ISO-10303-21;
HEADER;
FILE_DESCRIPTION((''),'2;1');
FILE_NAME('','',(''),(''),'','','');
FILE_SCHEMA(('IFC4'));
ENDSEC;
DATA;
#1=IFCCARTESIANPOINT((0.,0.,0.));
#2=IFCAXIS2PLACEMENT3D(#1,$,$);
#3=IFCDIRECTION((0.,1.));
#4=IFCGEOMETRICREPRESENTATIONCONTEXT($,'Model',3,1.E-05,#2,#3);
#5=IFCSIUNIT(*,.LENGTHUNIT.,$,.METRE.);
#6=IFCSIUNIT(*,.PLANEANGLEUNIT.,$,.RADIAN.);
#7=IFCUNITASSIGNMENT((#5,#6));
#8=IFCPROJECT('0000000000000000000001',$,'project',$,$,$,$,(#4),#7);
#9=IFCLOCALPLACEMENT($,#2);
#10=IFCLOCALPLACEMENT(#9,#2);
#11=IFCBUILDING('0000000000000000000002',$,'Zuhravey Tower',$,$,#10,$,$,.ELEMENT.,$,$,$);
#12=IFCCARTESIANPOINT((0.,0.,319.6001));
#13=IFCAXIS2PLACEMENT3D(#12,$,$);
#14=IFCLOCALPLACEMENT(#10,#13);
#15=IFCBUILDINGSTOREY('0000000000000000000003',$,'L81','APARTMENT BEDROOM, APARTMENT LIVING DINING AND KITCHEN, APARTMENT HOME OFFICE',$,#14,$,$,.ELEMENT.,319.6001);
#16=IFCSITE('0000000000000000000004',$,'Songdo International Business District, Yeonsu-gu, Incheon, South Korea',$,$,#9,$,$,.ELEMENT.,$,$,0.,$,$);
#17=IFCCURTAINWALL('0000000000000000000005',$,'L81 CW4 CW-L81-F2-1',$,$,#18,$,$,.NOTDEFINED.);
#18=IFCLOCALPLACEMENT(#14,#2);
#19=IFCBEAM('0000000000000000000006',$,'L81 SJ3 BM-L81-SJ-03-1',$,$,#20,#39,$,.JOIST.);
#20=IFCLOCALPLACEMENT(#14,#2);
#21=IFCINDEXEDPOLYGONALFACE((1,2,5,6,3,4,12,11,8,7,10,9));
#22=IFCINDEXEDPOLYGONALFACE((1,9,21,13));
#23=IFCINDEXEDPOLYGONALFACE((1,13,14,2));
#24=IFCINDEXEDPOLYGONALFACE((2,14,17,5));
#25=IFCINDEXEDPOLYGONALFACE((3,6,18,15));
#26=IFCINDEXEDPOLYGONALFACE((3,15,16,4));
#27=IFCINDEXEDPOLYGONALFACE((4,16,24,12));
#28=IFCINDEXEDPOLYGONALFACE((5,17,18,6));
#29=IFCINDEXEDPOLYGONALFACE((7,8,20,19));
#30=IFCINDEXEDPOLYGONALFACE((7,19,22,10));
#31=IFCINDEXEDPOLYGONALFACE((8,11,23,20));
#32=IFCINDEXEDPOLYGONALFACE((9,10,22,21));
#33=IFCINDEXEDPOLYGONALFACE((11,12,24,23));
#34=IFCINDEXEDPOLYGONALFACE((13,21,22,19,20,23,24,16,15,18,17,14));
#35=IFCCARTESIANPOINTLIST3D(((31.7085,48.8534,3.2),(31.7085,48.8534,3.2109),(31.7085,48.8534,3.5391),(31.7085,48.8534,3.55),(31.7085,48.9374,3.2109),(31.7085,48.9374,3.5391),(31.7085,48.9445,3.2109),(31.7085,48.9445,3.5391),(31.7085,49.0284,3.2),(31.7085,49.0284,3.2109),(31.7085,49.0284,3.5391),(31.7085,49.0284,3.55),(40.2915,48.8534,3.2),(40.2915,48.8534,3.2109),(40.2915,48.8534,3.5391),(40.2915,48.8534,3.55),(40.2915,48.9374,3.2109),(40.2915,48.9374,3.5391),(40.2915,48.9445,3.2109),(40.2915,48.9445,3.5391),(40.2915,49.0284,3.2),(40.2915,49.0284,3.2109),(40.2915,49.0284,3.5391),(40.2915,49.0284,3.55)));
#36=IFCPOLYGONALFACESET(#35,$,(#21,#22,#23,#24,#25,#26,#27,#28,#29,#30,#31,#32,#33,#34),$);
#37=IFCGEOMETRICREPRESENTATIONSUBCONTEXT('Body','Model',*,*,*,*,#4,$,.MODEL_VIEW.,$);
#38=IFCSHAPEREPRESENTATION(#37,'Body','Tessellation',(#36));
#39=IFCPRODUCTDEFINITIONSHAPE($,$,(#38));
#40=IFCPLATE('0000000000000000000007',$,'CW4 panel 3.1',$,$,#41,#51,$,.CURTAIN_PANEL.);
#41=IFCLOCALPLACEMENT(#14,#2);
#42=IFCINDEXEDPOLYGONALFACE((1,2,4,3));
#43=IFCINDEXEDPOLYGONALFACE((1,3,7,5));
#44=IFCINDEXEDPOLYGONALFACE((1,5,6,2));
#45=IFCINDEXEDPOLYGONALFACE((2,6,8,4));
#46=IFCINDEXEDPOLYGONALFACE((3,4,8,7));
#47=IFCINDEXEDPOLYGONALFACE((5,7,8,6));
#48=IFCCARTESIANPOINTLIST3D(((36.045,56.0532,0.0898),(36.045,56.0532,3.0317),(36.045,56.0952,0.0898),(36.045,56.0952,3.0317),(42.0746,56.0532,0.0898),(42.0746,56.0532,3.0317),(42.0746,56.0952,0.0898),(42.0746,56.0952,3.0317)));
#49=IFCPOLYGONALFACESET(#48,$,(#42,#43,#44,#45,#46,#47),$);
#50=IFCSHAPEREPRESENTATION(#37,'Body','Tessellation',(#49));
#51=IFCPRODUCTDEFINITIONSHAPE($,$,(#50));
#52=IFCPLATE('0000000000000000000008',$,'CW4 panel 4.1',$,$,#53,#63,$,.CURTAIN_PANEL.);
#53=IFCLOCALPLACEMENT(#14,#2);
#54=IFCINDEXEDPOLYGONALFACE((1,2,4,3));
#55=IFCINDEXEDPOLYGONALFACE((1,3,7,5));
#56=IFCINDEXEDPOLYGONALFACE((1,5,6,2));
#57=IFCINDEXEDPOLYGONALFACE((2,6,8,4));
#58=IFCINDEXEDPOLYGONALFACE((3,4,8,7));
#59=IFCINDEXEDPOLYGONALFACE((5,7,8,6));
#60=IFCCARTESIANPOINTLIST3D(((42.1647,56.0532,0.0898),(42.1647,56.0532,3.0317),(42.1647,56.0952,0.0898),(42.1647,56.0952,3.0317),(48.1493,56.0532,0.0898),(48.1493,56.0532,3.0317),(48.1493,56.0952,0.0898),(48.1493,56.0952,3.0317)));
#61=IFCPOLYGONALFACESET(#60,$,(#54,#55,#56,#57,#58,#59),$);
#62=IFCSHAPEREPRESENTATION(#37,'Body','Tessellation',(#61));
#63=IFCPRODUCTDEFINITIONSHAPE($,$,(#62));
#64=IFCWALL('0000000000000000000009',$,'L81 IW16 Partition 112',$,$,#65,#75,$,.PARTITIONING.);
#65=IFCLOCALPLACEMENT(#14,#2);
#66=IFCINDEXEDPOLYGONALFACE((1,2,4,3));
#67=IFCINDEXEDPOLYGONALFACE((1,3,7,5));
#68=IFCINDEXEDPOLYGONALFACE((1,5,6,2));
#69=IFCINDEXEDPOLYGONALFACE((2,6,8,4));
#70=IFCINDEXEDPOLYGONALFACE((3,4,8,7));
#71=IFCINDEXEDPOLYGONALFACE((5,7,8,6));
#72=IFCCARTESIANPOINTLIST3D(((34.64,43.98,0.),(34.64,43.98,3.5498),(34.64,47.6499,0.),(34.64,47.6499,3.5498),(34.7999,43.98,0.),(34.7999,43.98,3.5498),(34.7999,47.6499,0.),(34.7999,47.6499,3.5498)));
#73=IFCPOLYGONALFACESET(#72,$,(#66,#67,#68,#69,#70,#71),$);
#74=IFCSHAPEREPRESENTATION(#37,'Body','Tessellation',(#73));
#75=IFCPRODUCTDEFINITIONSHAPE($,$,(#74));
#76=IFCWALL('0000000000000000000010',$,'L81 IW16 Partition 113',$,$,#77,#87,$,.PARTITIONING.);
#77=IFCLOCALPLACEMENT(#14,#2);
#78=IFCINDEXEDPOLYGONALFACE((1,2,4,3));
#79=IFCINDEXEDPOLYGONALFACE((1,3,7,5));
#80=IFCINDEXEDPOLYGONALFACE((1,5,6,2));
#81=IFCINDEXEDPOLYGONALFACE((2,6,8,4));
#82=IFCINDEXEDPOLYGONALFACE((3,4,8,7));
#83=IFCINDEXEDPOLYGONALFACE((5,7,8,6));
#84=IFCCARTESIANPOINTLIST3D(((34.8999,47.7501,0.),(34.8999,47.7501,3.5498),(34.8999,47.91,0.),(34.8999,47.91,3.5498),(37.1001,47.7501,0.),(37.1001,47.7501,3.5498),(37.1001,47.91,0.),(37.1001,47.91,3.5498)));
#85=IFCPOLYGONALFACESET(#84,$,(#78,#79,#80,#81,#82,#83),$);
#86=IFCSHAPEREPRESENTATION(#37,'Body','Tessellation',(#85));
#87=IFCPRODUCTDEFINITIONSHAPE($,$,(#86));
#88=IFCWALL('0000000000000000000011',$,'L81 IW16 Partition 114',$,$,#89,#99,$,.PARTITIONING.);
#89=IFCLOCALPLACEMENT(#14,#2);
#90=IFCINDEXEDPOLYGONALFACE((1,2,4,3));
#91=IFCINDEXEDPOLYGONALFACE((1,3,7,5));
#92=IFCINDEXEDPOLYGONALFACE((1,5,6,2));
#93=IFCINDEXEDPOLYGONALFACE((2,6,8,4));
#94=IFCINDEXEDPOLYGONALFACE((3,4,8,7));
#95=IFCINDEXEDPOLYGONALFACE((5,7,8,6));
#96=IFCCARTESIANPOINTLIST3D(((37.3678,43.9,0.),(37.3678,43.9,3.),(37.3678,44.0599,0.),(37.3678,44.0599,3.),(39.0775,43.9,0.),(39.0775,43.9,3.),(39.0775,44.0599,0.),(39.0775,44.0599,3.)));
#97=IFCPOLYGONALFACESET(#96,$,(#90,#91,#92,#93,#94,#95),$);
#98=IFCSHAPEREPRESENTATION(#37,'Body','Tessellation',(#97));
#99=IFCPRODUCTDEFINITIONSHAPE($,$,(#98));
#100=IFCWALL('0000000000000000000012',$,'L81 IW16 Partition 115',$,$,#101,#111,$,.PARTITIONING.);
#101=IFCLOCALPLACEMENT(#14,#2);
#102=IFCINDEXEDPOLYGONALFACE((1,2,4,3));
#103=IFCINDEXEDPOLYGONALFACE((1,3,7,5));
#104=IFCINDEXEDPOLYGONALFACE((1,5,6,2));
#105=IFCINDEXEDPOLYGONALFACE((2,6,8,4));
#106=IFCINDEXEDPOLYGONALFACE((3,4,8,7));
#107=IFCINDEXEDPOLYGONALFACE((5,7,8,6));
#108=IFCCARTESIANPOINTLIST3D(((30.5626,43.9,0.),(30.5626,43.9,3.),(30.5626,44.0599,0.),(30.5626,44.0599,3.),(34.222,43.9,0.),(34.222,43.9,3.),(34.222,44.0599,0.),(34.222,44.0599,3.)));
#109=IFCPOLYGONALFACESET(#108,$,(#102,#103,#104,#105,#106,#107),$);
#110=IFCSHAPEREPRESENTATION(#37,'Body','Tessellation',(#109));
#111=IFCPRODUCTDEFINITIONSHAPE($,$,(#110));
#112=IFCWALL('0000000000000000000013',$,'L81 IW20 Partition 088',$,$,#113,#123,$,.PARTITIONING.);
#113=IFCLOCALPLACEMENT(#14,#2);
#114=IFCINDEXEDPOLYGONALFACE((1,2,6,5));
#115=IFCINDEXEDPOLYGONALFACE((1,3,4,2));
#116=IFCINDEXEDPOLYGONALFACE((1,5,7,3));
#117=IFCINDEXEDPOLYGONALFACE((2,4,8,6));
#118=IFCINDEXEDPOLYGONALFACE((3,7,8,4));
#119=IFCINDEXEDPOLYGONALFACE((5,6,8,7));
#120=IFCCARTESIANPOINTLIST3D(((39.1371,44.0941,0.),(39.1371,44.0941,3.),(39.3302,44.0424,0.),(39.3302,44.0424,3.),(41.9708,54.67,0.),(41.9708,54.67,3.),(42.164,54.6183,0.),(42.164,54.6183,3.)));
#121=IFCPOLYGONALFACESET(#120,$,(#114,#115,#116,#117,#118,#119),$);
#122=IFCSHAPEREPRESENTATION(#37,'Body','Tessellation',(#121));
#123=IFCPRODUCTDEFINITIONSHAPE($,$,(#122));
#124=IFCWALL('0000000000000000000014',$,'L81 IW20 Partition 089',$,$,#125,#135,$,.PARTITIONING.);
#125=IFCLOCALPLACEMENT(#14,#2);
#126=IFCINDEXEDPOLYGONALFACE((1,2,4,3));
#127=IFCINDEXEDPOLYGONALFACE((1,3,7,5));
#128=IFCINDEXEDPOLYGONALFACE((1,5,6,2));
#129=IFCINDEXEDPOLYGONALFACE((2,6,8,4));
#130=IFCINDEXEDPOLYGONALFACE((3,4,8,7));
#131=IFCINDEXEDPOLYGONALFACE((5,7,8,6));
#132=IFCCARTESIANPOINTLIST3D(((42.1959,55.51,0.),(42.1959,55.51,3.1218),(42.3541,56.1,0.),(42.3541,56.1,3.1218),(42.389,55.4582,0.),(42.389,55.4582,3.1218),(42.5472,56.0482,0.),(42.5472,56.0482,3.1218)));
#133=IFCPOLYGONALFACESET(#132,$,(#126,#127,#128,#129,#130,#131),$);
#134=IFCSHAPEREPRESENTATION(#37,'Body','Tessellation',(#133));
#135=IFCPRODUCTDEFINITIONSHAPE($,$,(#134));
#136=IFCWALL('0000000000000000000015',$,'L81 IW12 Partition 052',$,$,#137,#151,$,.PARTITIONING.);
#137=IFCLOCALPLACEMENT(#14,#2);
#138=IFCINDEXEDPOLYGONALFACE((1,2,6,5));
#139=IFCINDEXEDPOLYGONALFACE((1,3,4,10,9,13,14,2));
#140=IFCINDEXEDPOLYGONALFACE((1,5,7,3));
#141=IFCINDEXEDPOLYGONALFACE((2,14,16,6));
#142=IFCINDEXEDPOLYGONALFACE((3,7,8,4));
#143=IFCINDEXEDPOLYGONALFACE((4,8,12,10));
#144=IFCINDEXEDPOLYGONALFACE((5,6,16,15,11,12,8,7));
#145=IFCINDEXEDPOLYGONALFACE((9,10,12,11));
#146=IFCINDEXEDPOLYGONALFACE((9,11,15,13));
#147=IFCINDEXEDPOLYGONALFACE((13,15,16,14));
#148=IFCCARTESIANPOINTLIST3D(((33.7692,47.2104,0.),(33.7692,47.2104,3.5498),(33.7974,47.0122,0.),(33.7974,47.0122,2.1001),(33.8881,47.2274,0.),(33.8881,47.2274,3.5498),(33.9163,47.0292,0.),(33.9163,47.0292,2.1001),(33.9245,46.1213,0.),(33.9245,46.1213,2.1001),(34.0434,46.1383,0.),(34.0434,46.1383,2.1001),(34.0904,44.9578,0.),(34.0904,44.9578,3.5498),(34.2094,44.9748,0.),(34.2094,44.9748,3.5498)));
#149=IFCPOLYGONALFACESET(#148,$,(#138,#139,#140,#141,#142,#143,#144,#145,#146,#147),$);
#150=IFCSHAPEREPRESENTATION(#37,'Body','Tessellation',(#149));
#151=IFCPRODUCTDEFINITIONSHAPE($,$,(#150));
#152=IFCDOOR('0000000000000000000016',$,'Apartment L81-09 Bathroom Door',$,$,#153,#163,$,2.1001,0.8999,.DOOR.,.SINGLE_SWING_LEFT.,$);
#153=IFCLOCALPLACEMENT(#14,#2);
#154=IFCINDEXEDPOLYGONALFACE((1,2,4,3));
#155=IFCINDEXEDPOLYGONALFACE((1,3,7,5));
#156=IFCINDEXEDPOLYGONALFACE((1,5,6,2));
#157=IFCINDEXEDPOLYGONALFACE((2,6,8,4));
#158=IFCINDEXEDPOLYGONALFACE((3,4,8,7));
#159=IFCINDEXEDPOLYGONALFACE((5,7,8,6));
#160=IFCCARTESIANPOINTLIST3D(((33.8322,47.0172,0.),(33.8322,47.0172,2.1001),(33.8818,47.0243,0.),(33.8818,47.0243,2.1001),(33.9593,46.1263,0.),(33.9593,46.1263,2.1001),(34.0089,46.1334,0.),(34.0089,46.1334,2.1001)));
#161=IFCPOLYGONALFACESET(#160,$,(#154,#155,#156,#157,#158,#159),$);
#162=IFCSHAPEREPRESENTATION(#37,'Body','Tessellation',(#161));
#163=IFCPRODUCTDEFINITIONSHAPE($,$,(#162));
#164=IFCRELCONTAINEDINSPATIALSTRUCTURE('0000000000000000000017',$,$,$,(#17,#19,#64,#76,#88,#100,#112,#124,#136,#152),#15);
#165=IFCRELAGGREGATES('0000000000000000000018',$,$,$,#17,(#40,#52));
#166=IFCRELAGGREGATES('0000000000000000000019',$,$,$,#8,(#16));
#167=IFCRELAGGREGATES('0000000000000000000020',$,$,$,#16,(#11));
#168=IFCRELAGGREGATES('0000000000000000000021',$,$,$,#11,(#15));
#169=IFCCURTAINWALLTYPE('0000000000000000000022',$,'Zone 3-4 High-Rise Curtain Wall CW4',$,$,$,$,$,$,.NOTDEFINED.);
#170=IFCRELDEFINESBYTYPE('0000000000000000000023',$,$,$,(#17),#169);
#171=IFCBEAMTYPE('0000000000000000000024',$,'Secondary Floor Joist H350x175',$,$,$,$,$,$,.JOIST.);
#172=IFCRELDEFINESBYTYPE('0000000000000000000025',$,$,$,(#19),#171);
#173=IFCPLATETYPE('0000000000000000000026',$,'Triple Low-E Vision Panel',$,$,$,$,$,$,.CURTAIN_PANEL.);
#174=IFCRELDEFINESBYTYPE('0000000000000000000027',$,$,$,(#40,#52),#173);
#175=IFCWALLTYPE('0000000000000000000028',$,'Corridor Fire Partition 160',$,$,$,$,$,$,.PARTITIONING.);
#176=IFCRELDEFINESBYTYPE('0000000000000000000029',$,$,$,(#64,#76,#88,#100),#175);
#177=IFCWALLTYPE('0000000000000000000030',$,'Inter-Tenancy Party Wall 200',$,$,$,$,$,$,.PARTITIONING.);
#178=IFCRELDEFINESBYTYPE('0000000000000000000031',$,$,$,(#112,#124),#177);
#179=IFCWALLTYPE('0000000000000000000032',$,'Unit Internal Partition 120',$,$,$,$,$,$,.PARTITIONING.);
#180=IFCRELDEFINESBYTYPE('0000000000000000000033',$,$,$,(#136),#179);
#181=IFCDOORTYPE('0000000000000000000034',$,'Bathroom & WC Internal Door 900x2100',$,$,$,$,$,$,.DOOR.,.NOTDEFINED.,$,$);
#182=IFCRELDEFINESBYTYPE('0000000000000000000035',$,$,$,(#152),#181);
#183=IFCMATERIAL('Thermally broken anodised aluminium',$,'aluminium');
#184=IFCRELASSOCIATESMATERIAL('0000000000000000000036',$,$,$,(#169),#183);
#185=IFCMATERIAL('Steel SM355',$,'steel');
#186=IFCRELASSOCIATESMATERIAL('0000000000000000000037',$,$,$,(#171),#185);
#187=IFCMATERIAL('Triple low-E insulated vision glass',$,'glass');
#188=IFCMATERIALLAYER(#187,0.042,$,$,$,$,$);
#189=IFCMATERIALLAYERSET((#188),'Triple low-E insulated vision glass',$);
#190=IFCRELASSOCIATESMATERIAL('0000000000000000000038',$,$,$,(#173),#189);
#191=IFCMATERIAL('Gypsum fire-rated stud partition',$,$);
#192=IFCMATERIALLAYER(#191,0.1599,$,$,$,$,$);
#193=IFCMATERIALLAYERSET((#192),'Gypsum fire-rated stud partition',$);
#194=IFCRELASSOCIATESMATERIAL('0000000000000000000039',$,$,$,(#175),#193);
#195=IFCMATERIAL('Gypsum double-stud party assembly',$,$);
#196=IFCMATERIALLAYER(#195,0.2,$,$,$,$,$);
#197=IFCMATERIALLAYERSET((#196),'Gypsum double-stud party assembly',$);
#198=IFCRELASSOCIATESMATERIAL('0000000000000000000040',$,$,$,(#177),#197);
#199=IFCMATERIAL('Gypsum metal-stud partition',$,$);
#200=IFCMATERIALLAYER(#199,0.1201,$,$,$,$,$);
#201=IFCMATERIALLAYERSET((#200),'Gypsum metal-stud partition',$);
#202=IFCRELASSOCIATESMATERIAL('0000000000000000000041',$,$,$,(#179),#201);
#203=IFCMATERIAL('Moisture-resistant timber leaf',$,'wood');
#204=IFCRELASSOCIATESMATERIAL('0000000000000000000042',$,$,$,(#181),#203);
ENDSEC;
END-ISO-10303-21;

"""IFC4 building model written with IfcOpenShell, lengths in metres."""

from ifc_helpers import new_model, si_unit, direction, frame, frame_2d, origin, origin_2d, place, context, subcontext, project, spatial, rectangle, i_section, extrude, material, layer, layer_set, material_profile, profile_set, type_object, element, fill, aggregate, save


model = new_model("IFC4")

# Units and contexts
model_context = context("Model", 3, precision=1e-05, world=origin(), true_north=direction((0.0, 1.0)))
body_context = subcontext(model_context, "Body", "Model", "MODEL_VIEW")
ifc_project = project(units=[si_unit("LENGTHUNIT", "METRE"), si_unit("PLANEANGLEUNIT", "RADIAN")], contexts=[model_context])

# Site, building, storey
site_placement = place(None, origin())
site = spatial("IfcSite", under=ifc_project, at=site_placement, Name="Songdo International Business District, Yeonsu-gu, Incheon, South Korea", CompositionType="ELEMENT", RefElevation=0.0)
building_placement = place(site_placement, origin())
building = spatial("IfcBuilding", under=site, at=building_placement, Name="Zuhravey Tower", CompositionType="ELEMENT")
storey_placement = place(building_placement, frame((0.0, 0.0, 319.6001)))
storey = spatial("IfcBuildingStorey", under=building, at=storey_placement, Name="L81", Description="APARTMENT BEDROOM, APARTMENT LIVING DINING AND KITCHEN, APARTMENT HOME OFFICE", CompositionType="ELEMENT", Elevation=319.6001)

# Curtain wall
ifc_material_1 = material(Name="Thermally broken anodised aluminium", Category="aluminium")
curtain_wall_type = type_object("IfcCurtainWallType", Name="Zone 3-4 High-Rise Curtain Wall CW4", PredefinedType="NOTDEFINED", material=ifc_material_1)
curtain_wall_placement = place(storey_placement, origin())
curtain_wall = element("IfcCurtainWall", 1, at=curtain_wall_placement, inside=storey, type_object=curtain_wall_type, Name="L81 CW4 CW-L81-F2-1", PredefinedType="NOTDEFINED")

# Beam
ifc_material_2 = material(Name="Steel SM355", Category="steel")
ifc_material_profile_1 = material_profile(ifc_material_2, i_section(OverallWidth=0.175, OverallDepth=0.3501, WebThickness=0.0071, FlangeThickness=0.011, at=origin_2d()), Name="H-350x175x7x11")
ifc_profile_set_1 = profile_set([ifc_material_profile_1], Name="Steel SM355")
beam_type_1 = type_object("IfcBeamType", Name="Secondary Floor Joist H350x175", PredefinedType="JOIST", material=ifc_profile_set_1)
beam_1_placement = place(storey_placement, frame((40.2915, 48.9409, 3.375), z_axis=(-1.0, 0.0, 0.0), x_axis=(0.0, -1.0, 0.0)))
element("IfcBeam", 2, at=beam_1_placement, inside=storey, type_object=beam_type_1, Name="L81 SJ3 BM-L81-SJ-03-1", PredefinedType="JOIST", context=body_context, shape_type="SweptSolid", body=[
    extrude(i_section(OverallWidth=0.175, OverallDepth=0.3501, WebThickness=0.0071, FlangeThickness=0.011, at=origin_2d()), origin(), (0.0, 0.0, 1.0), 8.583),
])

# Plates
ifc_material_3 = material(Name="Triple low-E insulated vision glass", Category="glass")
ifc_layer_1 = layer(ifc_material_3, 0.042)
ifc_layer_set_1 = layer_set([ifc_layer_1], Name="Triple low-E insulated vision glass")
plate_type = type_object("IfcPlateType", Name="Triple Low-E Vision Panel", PredefinedType="CURTAIN_PANEL", material=ifc_layer_set_1)
plate_1_placement = place(storey_placement, frame((39.0598, 56.0742, 0.0898), z_axis=(0.0, 0.0, 1.0), x_axis=(1.0, 0.0, 0.0)))
plate_1 = element("IfcPlate", 3, at=plate_1_placement, type_object=plate_type, Name="CW4 panel 3.1", PredefinedType="CURTAIN_PANEL", context=body_context, shape_type="SweptSolid", body=[
    extrude(rectangle(XDim=6.0295, YDim=0.042, at=origin_2d()), origin(), (0.0, 0.0, 1.0), 2.9419),
])
plate_2_placement = place(storey_placement, frame((45.157, 56.0742, 0.0898), z_axis=(0.0, 0.0, 1.0), x_axis=(1.0, 0.0, 0.0)))
plate_2 = element("IfcPlate", 4, at=plate_2_placement, type_object=plate_type, Name="CW4 panel 4.1", PredefinedType="CURTAIN_PANEL", context=body_context, shape_type="SweptSolid", body=[
    extrude(rectangle(XDim=5.9846, YDim=0.042, at=origin_2d()), origin(), (0.0, 0.0, 1.0), 2.9419),
])
aggregate(curtain_wall, [plate_1, plate_2])

# Shared definitions
ifc_material_4 = material(Name="Gypsum fire-rated stud partition")
ifc_layer_2 = layer(ifc_material_4, 0.1599)
ifc_layer_set_2 = layer_set([ifc_layer_2], Name="Gypsum fire-rated stud partition")
wall_type_1 = type_object("IfcWallType", Name="Corridor Fire Partition 160", PredefinedType="PARTITIONING", material=ifc_layer_set_2)

# Walls
wall_1_placement = place(storey_placement, frame((34.72, 47.6499, 0.0), z_axis=(0.0, 0.0, 1.0), x_axis=(0.0, -1.0, 0.0)))
element("IfcWall", 5, at=wall_1_placement, inside=storey, type_object=wall_type_1, Name="L81 IW16 Partition 112", PredefinedType="PARTITIONING", context=body_context, shape_type="SweptSolid", body=[
    extrude(rectangle(XDim=3.6699, YDim=0.1599, at=frame_2d((1.835, 0.0))), origin(), (0.0, 0.0, 1.0), 3.5498),
])
wall_2_placement = place(storey_placement, frame((37.1001, 47.8301, 0.0), z_axis=(0.0, 0.0, 1.0), x_axis=(-1.0, 0.0, 0.0)))
element("IfcWall", 6, at=wall_2_placement, inside=storey, type_object=wall_type_1, Name="L81 IW16 Partition 113", PredefinedType="PARTITIONING", context=body_context, shape_type="SweptSolid", body=[
    extrude(rectangle(XDim=2.2002, YDim=0.1599, at=frame_2d((1.1001, 0.0))), origin(), (0.0, 0.0, 1.0), 3.5498),
])
wall_3_placement = place(storey_placement, frame((39.0776, 43.98, 0.0), z_axis=(0.0, 0.0, 1.0), x_axis=(-1.0, 0.0, 0.0)))
element("IfcWall", 7, at=wall_3_placement, inside=storey, type_object=wall_type_1, Name="L81 IW16 Partition 114", PredefinedType="PARTITIONING", context=body_context, shape_type="SweptSolid", body=[
    extrude(rectangle(XDim=1.7097, YDim=0.1599, at=frame_2d((0.855, 0.0))), origin(), (0.0, 0.0, 1.0), 3.0),
])
wall_4_placement = place(storey_placement, frame((34.2219, 43.98, 0.0), z_axis=(0.0, 0.0, 1.0), x_axis=(-1.0, 0.0, 0.0)))
element("IfcWall", 8, at=wall_4_placement, inside=storey, type_object=wall_type_1, Name="L81 IW16 Partition 115", PredefinedType="PARTITIONING", context=body_context, shape_type="SweptSolid", body=[
    extrude(rectangle(XDim=3.6594, YDim=0.1599, at=frame_2d((1.8296, 0.0))), origin(), (0.0, 0.0, 1.0), 3.0),
])
ifc_material_5 = material(Name="Gypsum double-stud party assembly")
ifc_layer_3 = layer(ifc_material_5, 0.2)
ifc_layer_set_3 = layer_set([ifc_layer_3], Name="Gypsum double-stud party assembly")
wall_type_2 = type_object("IfcWallType", Name="Inter-Tenancy Party Wall 200", PredefinedType="PARTITIONING", material=ifc_layer_set_3)
wall_5_placement = place(storey_placement, frame((39.2336, 44.0681, 0.0), z_axis=(0.0, 0.0, 1.0), x_axis=(0.258813, 0.965927, 0.0)))
element("IfcWall", 9, at=wall_5_placement, inside=storey, type_object=wall_type_2, Name="L81 IW20 Partition 088", PredefinedType="PARTITIONING", context=body_context, shape_type="SweptSolid", body=[
    extrude(rectangle(XDim=10.949, YDim=0.2, at=frame_2d((5.4746, 0.0))), origin(), (0.0, 0.0, 1.0), 3.0),
])
wall_6_placement = place(storey_placement, frame((42.2925, 55.4841, 0.0), z_axis=(0.0, 0.0, 1.0), x_axis=(0.258956, 0.965889, 0.0)))
element("IfcWall", 10, at=wall_6_placement, inside=storey, type_object=wall_type_2, Name="L81 IW20 Partition 089", PredefinedType="PARTITIONING", context=body_context, shape_type="SweptSolid", body=[
    extrude(rectangle(XDim=0.6108, YDim=0.2, at=frame_2d((0.3054, 0.0))), origin(), (0.0, 0.0, 1.0), 3.1218),
])

# Wall, opening, door
ifc_material_6 = material(Name="Gypsum metal-stud partition")
ifc_layer_4 = layer(ifc_material_6, 0.1201)
ifc_layer_set_4 = layer_set([ifc_layer_4], Name="Gypsum metal-stud partition")
wall_type_3 = type_object("IfcWallType", Name="Unit Internal Partition 120", PredefinedType="PARTITIONING", material=ifc_layer_set_4)
wall_7_placement = place(storey_placement, frame((34.1499, 44.9663, 0.0), z_axis=(0.0, 0.0, 1.0), x_axis=(-0.141196, 0.989982, 0.0)))
wall_7 = element("IfcWall", 11, at=wall_7_placement, inside=storey, type_object=wall_type_3, Name="L81 IW12 Partition 052", PredefinedType="PARTITIONING", context=body_context, shape_type="SweptSolid", body=[
    extrude(rectangle(XDim=2.2754, YDim=0.1201, at=frame_2d((1.1377, 0.0))), origin(), (0.0, 0.0, 1.0), 3.5498),
])
opening_1_placement = place(wall_7_placement, frame((1.1753, 0.0, 0.0)))
opening_1 = element("IfcOpeningElement", 12, at=opening_1_placement, cuts=wall_7, PredefinedType="OPENING", context=body_context, shape_type="SweptSolid", body=[
    extrude(rectangle(XDim=0.8999, YDim=2.1001, at=frame_2d((0.45, 1.05))), frame((0.0, 0.072, 0.0), z_axis=(0.0, -1.0, 0.0), x_axis=(1.0, 0.0, 0.0)), (0.0, 0.0, 1.0), 0.144),
])
ifc_material_7 = material(Name="Moisture-resistant timber leaf", Category="wood")
door_type_1 = type_object("IfcDoorType", Name="Bathroom & WC Internal Door 900x2100", OperationType="NOTDEFINED", PredefinedType="DOOR", material=ifc_material_7)
door_1_placement = place(opening_1_placement, origin())
door_1 = element("IfcDoor", 13, at=door_1_placement, inside=storey, type_object=door_type_1, Name="Apartment L81-09 Bathroom Door", OperationType="SINGLE_SWING_LEFT", OverallHeight=2.1001, OverallWidth=0.8999, PredefinedType="DOOR", context=body_context, shape_type="SweptSolid", body=[
    extrude(rectangle(XDim=0.8999, YDim=2.1001, at=frame_2d((0.45, 1.05))), frame((0.0, 0.0249, 0.0), z_axis=(0.0, -1.0, 0.0), x_axis=(1.0, 0.0, 0.0)), (0.0, 0.0, 1.0), 0.05),
])
fill(opening_1, door_1)

save(model, "model.ifc")
